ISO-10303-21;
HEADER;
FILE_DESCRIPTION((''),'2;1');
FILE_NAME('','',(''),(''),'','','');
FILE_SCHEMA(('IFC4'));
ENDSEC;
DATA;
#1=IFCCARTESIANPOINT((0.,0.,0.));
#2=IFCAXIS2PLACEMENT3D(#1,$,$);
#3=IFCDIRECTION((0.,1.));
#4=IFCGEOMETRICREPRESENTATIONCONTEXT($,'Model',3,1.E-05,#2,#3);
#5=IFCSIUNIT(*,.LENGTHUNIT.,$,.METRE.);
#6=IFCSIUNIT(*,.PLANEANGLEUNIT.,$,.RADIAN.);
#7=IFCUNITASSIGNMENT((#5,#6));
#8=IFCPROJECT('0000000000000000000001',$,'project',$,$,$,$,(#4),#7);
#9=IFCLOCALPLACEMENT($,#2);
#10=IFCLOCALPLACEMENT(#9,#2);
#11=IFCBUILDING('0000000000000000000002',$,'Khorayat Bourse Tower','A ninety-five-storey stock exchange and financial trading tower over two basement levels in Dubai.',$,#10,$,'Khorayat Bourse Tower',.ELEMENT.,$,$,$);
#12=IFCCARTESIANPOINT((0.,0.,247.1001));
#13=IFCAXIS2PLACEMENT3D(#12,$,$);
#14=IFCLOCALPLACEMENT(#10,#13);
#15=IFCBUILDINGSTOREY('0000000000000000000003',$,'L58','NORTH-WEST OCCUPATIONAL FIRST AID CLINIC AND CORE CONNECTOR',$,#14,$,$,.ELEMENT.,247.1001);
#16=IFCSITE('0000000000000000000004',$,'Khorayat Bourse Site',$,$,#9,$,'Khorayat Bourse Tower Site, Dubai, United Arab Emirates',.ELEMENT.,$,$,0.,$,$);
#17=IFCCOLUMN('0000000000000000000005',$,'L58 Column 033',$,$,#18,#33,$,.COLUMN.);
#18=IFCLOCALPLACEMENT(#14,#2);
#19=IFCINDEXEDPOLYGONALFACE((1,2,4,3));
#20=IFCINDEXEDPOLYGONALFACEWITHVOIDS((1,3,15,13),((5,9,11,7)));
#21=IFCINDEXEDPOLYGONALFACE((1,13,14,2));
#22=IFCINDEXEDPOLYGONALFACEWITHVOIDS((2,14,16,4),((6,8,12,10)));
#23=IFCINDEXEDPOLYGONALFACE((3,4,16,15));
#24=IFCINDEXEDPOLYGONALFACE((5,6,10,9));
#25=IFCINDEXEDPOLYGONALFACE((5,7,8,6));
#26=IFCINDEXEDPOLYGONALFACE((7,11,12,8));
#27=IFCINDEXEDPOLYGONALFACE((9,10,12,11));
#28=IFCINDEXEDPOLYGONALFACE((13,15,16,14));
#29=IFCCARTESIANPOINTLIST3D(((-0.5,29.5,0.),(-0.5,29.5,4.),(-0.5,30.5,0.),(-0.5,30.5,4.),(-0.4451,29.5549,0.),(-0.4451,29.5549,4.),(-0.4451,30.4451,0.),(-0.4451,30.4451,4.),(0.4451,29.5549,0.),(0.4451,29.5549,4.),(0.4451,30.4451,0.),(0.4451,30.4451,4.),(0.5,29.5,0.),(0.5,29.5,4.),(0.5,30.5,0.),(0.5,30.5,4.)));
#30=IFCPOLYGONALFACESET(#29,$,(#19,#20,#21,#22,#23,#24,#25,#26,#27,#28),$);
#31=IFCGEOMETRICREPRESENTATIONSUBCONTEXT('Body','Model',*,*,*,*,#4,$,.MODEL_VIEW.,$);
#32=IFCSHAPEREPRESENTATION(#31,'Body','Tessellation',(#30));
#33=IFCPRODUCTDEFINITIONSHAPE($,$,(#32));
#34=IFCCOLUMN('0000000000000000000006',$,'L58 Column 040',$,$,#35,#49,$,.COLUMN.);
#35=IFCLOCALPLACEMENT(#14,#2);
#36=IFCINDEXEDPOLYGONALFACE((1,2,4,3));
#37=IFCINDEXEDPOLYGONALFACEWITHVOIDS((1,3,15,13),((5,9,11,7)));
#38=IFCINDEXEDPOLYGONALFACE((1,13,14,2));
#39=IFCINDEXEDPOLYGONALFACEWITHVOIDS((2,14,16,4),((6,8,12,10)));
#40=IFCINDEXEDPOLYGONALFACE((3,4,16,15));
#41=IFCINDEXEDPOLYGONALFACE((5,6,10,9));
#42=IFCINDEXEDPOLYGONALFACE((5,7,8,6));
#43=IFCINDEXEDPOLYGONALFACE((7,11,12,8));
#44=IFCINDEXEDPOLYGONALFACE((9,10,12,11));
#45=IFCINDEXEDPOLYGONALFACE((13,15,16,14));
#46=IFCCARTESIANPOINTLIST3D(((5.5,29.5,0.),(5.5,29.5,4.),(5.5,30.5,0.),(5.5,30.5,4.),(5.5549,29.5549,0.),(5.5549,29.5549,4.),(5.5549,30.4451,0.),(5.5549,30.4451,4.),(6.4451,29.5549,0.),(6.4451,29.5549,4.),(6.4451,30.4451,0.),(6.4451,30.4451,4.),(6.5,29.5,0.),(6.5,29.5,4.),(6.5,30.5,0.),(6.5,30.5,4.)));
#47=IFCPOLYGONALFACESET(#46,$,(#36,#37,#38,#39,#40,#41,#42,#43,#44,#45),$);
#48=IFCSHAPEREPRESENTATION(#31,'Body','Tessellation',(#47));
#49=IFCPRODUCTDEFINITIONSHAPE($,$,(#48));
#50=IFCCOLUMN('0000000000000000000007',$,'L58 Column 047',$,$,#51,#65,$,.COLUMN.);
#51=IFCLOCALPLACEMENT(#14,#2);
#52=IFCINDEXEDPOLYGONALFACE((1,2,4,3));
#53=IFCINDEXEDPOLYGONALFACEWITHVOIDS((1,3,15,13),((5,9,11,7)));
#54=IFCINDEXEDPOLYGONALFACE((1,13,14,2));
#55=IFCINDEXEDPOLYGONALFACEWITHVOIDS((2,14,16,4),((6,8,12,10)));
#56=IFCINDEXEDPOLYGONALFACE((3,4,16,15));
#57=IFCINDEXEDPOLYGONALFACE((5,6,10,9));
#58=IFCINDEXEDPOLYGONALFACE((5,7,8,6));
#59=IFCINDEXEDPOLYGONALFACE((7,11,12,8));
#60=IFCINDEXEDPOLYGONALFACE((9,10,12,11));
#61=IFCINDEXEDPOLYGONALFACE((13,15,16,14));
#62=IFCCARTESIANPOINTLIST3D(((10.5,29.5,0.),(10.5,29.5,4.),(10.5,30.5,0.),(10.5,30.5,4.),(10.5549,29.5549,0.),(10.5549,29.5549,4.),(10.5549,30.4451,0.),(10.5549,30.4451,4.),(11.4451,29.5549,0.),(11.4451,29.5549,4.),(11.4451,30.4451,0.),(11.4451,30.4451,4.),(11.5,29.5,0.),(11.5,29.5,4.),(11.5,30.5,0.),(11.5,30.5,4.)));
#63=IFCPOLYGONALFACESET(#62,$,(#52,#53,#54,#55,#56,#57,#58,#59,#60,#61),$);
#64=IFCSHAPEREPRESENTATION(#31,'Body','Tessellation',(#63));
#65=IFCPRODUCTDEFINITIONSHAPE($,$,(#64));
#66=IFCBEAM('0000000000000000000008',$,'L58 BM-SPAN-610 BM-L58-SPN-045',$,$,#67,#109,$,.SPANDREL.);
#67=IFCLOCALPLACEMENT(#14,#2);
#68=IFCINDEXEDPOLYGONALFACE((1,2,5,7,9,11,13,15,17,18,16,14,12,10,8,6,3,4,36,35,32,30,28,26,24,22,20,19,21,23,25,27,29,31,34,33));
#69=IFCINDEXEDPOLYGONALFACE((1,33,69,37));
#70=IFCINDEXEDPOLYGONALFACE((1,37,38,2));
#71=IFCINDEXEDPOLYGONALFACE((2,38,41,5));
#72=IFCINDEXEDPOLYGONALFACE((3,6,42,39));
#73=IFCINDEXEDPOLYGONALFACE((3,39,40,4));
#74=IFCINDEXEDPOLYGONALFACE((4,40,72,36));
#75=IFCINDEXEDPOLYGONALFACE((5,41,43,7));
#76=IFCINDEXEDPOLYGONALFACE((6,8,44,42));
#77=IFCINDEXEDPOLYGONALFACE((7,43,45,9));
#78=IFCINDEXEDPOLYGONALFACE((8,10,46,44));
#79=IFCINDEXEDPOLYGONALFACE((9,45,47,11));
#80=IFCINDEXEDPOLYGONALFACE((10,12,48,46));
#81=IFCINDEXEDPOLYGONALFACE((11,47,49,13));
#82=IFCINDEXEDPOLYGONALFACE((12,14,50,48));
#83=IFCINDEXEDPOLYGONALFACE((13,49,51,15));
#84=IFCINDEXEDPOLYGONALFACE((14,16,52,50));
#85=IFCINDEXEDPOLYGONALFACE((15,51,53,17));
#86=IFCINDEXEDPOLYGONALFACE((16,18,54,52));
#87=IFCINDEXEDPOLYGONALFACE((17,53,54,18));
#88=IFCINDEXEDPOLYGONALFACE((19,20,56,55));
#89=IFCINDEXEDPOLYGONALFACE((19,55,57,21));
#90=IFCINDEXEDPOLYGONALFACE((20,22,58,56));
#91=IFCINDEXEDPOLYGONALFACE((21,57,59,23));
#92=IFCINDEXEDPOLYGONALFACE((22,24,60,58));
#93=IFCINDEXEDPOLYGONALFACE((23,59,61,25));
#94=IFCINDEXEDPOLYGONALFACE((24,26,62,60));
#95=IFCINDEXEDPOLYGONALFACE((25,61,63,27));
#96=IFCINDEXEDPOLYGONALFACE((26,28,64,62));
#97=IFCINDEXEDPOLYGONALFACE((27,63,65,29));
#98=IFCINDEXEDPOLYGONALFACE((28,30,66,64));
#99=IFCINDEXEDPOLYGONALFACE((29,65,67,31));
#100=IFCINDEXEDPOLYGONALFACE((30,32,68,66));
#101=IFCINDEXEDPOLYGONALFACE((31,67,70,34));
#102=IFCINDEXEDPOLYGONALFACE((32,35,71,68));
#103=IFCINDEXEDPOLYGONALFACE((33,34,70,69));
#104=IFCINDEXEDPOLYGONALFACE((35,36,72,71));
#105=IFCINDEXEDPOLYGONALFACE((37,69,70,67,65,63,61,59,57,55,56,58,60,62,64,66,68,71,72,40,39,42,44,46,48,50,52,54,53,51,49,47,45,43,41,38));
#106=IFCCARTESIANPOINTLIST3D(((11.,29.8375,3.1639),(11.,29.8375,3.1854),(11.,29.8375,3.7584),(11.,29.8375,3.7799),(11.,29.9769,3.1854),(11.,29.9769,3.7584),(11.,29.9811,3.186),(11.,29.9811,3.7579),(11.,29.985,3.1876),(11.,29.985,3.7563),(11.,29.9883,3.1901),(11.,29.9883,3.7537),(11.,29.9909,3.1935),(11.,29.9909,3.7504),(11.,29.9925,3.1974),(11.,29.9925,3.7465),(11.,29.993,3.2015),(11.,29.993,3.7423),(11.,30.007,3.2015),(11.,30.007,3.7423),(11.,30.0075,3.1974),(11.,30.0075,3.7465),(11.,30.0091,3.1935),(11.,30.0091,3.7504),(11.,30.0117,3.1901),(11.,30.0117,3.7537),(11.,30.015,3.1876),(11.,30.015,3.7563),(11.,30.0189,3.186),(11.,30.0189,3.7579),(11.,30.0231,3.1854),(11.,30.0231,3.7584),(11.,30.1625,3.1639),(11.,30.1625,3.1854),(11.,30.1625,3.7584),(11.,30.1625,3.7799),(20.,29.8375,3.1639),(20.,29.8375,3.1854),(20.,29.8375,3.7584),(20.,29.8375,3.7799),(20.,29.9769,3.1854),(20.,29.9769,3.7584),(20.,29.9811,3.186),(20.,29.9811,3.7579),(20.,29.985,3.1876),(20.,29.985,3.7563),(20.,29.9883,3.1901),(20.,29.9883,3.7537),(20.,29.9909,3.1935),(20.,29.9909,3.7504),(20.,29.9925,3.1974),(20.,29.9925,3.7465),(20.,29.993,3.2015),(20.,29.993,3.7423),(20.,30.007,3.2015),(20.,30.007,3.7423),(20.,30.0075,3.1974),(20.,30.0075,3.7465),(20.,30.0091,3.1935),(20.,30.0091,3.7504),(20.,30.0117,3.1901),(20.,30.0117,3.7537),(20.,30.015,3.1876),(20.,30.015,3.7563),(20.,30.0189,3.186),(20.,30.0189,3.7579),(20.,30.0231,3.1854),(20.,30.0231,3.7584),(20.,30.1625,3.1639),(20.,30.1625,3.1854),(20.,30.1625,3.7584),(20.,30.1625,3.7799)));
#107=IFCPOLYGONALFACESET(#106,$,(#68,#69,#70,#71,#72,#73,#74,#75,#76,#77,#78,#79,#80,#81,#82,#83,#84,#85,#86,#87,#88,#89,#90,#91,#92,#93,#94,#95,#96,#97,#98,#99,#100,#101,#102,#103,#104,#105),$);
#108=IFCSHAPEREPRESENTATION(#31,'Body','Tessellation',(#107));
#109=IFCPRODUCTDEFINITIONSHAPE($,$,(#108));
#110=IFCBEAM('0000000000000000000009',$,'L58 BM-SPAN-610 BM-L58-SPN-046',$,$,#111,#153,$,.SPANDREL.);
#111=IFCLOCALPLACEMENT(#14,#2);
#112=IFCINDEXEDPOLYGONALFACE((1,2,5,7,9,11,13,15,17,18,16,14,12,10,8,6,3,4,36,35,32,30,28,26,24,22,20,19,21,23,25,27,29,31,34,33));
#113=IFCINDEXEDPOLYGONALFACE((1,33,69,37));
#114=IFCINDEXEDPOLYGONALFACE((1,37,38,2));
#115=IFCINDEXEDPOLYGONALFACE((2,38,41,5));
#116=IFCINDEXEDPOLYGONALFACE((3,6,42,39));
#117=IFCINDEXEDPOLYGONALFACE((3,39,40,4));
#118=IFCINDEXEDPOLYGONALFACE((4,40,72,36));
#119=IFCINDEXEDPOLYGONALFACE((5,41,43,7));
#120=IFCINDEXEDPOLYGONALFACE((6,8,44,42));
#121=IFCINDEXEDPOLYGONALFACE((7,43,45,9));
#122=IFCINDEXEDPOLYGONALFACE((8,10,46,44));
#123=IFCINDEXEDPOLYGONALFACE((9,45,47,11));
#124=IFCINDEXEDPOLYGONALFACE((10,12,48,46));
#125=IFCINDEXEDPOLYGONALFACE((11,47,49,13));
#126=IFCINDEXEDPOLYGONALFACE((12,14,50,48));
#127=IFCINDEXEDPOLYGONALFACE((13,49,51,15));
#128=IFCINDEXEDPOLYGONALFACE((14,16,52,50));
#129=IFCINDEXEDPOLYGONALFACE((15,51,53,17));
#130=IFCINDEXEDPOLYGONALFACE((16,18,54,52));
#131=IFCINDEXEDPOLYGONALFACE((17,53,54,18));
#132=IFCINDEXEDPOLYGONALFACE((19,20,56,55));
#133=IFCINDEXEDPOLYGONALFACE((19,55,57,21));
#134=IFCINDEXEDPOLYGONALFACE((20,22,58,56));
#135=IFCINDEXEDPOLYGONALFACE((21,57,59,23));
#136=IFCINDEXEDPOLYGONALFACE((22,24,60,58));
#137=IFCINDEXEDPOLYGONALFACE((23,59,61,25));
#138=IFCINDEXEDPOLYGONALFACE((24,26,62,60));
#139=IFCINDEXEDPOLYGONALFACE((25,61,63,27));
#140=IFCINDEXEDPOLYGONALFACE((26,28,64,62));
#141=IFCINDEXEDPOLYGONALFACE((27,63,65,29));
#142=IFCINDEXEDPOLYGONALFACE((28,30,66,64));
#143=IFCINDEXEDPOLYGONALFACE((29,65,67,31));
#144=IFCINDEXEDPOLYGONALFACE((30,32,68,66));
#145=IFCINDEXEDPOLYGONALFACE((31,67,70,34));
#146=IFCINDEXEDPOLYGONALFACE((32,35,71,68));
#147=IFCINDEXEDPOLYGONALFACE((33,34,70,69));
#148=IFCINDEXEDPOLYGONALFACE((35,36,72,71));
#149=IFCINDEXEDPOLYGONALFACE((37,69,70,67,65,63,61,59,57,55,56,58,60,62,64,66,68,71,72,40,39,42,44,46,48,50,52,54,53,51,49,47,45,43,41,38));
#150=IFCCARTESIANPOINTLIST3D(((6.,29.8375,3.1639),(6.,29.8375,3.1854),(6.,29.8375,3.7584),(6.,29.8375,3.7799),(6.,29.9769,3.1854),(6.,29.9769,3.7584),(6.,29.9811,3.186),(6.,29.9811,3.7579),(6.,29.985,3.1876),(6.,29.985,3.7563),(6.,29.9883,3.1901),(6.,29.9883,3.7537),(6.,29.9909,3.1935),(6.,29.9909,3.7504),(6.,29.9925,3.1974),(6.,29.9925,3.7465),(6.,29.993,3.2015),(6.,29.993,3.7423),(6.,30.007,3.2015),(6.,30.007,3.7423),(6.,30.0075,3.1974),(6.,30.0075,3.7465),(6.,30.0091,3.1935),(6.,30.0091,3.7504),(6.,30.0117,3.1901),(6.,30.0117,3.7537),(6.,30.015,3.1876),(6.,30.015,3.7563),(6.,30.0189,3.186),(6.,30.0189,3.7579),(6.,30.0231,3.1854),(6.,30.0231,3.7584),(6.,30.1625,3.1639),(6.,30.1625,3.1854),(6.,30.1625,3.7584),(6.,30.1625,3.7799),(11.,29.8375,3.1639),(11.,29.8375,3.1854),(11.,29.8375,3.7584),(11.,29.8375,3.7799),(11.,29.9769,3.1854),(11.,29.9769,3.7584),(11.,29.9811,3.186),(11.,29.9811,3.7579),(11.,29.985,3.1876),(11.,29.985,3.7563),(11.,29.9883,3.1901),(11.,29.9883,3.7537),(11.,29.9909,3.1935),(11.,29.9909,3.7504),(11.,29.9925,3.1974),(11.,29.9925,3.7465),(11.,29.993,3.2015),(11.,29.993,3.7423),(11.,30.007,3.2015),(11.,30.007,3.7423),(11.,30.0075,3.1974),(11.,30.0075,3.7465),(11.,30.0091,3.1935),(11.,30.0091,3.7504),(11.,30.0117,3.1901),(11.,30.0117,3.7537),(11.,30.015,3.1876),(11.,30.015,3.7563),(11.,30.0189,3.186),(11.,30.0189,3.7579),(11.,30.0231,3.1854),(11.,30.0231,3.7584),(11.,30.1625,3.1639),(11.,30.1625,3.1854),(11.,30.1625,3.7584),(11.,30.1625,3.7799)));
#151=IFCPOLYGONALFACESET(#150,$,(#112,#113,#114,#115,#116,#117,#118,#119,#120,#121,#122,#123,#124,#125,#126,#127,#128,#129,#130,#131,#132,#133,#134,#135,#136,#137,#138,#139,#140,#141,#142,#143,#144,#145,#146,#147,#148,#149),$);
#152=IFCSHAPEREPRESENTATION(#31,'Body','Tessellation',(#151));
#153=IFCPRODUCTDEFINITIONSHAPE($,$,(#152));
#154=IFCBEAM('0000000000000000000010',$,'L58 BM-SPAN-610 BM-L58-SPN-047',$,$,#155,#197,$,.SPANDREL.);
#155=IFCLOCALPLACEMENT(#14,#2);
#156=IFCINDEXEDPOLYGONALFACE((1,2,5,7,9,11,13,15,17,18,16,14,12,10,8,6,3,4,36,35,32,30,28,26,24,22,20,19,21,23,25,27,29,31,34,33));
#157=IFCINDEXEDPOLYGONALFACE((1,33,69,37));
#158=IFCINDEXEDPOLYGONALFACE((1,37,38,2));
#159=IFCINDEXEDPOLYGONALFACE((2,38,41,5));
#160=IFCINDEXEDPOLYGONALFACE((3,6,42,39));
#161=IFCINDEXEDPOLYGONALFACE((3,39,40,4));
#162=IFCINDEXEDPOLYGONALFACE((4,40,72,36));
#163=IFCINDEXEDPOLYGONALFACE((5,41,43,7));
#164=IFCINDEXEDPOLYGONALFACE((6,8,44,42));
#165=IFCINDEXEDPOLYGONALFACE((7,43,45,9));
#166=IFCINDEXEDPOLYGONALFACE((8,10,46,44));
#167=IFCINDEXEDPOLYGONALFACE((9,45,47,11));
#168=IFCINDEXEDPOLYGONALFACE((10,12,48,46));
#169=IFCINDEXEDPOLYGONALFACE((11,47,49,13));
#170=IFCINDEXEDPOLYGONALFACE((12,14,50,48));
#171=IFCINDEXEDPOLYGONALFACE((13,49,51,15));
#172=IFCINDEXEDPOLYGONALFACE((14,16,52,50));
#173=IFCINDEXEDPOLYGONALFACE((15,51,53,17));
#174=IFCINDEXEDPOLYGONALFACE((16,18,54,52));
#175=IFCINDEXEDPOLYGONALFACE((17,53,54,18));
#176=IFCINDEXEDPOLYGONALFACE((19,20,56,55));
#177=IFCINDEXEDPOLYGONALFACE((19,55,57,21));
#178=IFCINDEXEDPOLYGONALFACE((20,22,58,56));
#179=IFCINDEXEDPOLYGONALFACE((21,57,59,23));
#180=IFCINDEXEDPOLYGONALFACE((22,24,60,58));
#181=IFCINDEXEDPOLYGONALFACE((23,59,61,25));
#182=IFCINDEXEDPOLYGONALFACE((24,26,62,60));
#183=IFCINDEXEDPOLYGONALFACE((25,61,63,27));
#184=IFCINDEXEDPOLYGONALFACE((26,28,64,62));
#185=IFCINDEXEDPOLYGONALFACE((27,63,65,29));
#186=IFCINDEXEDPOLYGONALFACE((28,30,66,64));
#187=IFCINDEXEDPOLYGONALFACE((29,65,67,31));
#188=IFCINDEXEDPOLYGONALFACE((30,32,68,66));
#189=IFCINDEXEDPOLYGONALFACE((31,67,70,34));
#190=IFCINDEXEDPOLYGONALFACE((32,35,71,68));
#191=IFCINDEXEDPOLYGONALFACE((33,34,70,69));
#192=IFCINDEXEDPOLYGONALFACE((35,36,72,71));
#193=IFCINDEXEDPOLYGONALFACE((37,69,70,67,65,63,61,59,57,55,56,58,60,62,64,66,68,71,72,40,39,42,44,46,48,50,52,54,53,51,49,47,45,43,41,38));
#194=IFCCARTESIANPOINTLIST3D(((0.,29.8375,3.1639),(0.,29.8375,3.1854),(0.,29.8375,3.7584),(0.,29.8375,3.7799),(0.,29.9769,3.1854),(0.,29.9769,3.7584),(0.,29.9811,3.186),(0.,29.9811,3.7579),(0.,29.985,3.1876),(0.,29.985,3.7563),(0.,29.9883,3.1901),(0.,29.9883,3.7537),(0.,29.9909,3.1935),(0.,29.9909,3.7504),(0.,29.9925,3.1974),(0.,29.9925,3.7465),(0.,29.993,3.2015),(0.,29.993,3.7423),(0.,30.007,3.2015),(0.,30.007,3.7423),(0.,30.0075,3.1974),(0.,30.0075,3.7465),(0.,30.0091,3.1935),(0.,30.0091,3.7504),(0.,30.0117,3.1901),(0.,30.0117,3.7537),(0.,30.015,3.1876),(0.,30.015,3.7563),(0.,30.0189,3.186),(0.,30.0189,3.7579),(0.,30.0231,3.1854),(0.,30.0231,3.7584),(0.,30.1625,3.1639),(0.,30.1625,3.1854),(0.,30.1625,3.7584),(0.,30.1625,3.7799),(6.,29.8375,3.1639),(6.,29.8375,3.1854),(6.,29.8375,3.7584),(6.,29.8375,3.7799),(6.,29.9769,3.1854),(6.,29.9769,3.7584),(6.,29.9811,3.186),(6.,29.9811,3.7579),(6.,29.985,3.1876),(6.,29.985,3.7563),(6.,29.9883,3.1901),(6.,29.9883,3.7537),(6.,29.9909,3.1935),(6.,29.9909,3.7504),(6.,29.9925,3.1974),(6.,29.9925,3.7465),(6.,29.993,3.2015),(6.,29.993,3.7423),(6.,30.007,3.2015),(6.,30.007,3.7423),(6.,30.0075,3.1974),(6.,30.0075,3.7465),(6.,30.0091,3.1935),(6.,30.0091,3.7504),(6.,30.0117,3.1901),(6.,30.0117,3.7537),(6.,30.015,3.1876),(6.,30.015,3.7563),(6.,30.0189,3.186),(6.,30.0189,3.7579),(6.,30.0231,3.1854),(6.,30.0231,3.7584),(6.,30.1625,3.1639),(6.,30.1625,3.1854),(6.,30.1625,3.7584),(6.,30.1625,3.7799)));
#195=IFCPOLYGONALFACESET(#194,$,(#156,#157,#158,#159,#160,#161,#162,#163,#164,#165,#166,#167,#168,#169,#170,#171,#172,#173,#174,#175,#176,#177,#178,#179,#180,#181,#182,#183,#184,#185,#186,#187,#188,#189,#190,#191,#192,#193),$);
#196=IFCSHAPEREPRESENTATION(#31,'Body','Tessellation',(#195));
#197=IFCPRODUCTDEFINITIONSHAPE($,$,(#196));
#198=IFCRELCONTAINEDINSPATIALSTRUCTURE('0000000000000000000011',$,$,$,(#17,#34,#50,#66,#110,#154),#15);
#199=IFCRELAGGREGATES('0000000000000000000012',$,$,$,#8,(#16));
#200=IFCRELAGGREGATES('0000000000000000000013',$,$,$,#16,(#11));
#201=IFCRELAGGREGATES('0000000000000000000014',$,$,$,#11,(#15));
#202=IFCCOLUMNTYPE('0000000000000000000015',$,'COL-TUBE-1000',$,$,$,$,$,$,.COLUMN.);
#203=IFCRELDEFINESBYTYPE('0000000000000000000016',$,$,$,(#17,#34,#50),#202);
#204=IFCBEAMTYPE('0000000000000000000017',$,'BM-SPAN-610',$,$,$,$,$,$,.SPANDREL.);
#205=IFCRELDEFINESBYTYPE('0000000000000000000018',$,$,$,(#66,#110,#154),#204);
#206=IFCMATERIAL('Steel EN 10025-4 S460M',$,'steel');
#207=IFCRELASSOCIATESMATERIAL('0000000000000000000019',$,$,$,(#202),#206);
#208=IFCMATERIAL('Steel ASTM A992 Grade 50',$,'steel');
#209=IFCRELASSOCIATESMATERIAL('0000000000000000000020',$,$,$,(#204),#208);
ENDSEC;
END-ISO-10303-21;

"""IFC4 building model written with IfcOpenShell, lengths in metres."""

from ifc_helpers import new_model, si_unit, direction, frame, origin, origin_2d, place, context, subcontext, project, spatial, hollow_rectangle, i_section, extrude, source, transform, mapped, material, material_profile, profile_set, type_object, element, save


model = new_model("IFC4")

# Units and contexts
model_context = context("Model", 3, precision=1e-05, world=origin(), true_north=direction((0.0, 1.0)))
body_context = subcontext(model_context, "Body", "Model", "MODEL_VIEW")
ifc_project = project(units=[si_unit("LENGTHUNIT", "METRE"), si_unit("PLANEANGLEUNIT", "RADIAN")], contexts=[model_context])

# Site, building, storey
site_placement = place(None, origin())
site = spatial("IfcSite", under=ifc_project, at=site_placement, Name="Khorayat Bourse Site", LongName="Khorayat Bourse Tower Site, Dubai, United Arab Emirates", CompositionType="ELEMENT", RefElevation=0.0)
building_placement = place(site_placement, origin())
building = spatial("IfcBuilding", under=site, at=building_placement, Name="Khorayat Bourse Tower", Description="A ninety-five-storey stock exchange and financial trading tower over two basement levels in Dubai.", LongName="Khorayat Bourse Tower", CompositionType="ELEMENT")
storey_placement = place(building_placement, frame((0.0, 0.0, 247.1001)))
storey = spatial("IfcBuildingStorey", under=building, at=storey_placement, Name="L58", Description="NORTH-WEST OCCUPATIONAL FIRST AID CLINIC AND CORE CONNECTOR", CompositionType="ELEMENT", Elevation=247.1001)

# Columns
ifc_material_1 = material(Name="Steel EN 10025-4 S460M", Category="steel")
ifc_material_profile_1 = material_profile(ifc_material_1, hollow_rectangle(XDim=1.0, YDim=1.0, WallThickness=0.0549, at=origin_2d()), Name="BOX 1000x1000x55")
ifc_profile_set_1 = profile_set([ifc_material_profile_1], Name="Steel EN 10025-4 S460M")
column_type = type_object("IfcColumnType", Name="COL-TUBE-1000", PredefinedType="COLUMN", material=ifc_profile_set_1)
shared_shape_1 = source(origin(), body_context, "Body", "SweptSolid", [
    extrude(hollow_rectangle(XDim=1.0, YDim=1.0, WallThickness=0.0549, at=origin_2d()), origin(), (0.0, 0.0, 1.0), 4.0),
])
for number, where, z_axis, x_axis, name in (
    (1, (0.0, 30.0, 0.0), (0.0, 0.0, 1.0), (1.0, 0.0, 0.0), "L58 Column 033"),
    (2, (6.0, 30.0, 0.0), (0.0, 0.0, 1.0), (1.0, 0.0, 0.0), "L58 Column 040"),
    (3, (11.0, 30.0, 0.0), (0.0, 0.0, 1.0), (1.0, 0.0, 0.0), "L58 Column 047"),
):
    element("IfcColumn", number, at=place(storey_placement, frame(where, z_axis=z_axis, x_axis=x_axis)), inside=storey, type_object=column_type, Name=name, PredefinedType="COLUMN", context=body_context, shape_type="MappedRepresentation", body=[
        mapped(shared_shape_1, transform((0.0, 0.0, 0.0), scale=1.0)),
    ])

# Beams
ifc_material_2 = material(Name="Steel ASTM A992 Grade 50", Category="steel")
ifc_material_profile_2 = material_profile(ifc_material_2, i_section(OverallWidth=0.325, OverallDepth=0.616, WebThickness=0.0139, FlangeThickness=0.0215, FilletRadius=0.0161, at=origin_2d()), Name="W610X174")
ifc_profile_set_2 = profile_set([ifc_material_profile_2], Name="Steel ASTM A992 Grade 50")
beam_type_1 = type_object("IfcBeamType", Name="BM-SPAN-610", PredefinedType="SPANDREL", material=ifc_profile_set_2)
shared_shape_2 = source(origin(), body_context, "Body", "SweptSolid", [
    extrude(i_section(OverallWidth=0.325, OverallDepth=0.616, WebThickness=0.0139, FlangeThickness=0.0215, FilletRadius=0.0161, at=origin_2d()), origin(), (0.0, 0.0, 1.0), 9.0),
])
beam_1_placement = place(storey_placement, frame((11.0, 30.0, 3.4719), z_axis=(1.0, 0.0, 0.0), x_axis=(0.0, 1.0, 0.0)))
element("IfcBeam", 4, at=beam_1_placement, inside=storey, type_object=beam_type_1, Name="L58 BM-SPAN-610 BM-L58-SPN-045", PredefinedType="SPANDREL", context=body_context, shape_type="MappedRepresentation", body=[
    mapped(shared_shape_2, transform((0.0, 0.0, 0.0), scale=1.0)),
])
shared_shape_3 = source(origin(), body_context, "Body", "SweptSolid", [
    extrude(i_section(OverallWidth=0.325, OverallDepth=0.616, WebThickness=0.0139, FlangeThickness=0.0215, FilletRadius=0.0161, at=origin_2d()), origin(), (0.0, 0.0, 1.0), 5.0),
])
beam_2_placement = place(storey_placement, frame((6.0, 30.0, 3.4719), z_axis=(1.0, 0.0, 0.0), x_axis=(0.0, 1.0, 0.0)))
element("IfcBeam", 5, at=beam_2_placement, inside=storey, type_object=beam_type_1, Name="L58 BM-SPAN-610 BM-L58-SPN-046", PredefinedType="SPANDREL", context=body_context, shape_type="MappedRepresentation", body=[
    mapped(shared_shape_3, transform((0.0, 0.0, 0.0), scale=1.0)),
])
shared_shape_4 = source(origin(), body_context, "Body", "SweptSolid", [
    extrude(i_section(OverallWidth=0.325, OverallDepth=0.616, WebThickness=0.0139, FlangeThickness=0.0215, FilletRadius=0.0161, at=origin_2d()), origin(), (0.0, 0.0, 1.0), 6.0),
])
beam_3_placement = place(storey_placement, frame((0.0, 30.0, 3.4719), z_axis=(1.0, 0.0, 0.0), x_axis=(0.0, 1.0, 0.0)))
element("IfcBeam", 6, at=beam_3_placement, inside=storey, type_object=beam_type_1, Name="L58 BM-SPAN-610 BM-L58-SPN-047", PredefinedType="SPANDREL", context=body_context, shape_type="MappedRepresentation", body=[
    mapped(shared_shape_4, transform((0.0, 0.0, 0.0), scale=1.0)),
])

save(model, "model.ifc")
